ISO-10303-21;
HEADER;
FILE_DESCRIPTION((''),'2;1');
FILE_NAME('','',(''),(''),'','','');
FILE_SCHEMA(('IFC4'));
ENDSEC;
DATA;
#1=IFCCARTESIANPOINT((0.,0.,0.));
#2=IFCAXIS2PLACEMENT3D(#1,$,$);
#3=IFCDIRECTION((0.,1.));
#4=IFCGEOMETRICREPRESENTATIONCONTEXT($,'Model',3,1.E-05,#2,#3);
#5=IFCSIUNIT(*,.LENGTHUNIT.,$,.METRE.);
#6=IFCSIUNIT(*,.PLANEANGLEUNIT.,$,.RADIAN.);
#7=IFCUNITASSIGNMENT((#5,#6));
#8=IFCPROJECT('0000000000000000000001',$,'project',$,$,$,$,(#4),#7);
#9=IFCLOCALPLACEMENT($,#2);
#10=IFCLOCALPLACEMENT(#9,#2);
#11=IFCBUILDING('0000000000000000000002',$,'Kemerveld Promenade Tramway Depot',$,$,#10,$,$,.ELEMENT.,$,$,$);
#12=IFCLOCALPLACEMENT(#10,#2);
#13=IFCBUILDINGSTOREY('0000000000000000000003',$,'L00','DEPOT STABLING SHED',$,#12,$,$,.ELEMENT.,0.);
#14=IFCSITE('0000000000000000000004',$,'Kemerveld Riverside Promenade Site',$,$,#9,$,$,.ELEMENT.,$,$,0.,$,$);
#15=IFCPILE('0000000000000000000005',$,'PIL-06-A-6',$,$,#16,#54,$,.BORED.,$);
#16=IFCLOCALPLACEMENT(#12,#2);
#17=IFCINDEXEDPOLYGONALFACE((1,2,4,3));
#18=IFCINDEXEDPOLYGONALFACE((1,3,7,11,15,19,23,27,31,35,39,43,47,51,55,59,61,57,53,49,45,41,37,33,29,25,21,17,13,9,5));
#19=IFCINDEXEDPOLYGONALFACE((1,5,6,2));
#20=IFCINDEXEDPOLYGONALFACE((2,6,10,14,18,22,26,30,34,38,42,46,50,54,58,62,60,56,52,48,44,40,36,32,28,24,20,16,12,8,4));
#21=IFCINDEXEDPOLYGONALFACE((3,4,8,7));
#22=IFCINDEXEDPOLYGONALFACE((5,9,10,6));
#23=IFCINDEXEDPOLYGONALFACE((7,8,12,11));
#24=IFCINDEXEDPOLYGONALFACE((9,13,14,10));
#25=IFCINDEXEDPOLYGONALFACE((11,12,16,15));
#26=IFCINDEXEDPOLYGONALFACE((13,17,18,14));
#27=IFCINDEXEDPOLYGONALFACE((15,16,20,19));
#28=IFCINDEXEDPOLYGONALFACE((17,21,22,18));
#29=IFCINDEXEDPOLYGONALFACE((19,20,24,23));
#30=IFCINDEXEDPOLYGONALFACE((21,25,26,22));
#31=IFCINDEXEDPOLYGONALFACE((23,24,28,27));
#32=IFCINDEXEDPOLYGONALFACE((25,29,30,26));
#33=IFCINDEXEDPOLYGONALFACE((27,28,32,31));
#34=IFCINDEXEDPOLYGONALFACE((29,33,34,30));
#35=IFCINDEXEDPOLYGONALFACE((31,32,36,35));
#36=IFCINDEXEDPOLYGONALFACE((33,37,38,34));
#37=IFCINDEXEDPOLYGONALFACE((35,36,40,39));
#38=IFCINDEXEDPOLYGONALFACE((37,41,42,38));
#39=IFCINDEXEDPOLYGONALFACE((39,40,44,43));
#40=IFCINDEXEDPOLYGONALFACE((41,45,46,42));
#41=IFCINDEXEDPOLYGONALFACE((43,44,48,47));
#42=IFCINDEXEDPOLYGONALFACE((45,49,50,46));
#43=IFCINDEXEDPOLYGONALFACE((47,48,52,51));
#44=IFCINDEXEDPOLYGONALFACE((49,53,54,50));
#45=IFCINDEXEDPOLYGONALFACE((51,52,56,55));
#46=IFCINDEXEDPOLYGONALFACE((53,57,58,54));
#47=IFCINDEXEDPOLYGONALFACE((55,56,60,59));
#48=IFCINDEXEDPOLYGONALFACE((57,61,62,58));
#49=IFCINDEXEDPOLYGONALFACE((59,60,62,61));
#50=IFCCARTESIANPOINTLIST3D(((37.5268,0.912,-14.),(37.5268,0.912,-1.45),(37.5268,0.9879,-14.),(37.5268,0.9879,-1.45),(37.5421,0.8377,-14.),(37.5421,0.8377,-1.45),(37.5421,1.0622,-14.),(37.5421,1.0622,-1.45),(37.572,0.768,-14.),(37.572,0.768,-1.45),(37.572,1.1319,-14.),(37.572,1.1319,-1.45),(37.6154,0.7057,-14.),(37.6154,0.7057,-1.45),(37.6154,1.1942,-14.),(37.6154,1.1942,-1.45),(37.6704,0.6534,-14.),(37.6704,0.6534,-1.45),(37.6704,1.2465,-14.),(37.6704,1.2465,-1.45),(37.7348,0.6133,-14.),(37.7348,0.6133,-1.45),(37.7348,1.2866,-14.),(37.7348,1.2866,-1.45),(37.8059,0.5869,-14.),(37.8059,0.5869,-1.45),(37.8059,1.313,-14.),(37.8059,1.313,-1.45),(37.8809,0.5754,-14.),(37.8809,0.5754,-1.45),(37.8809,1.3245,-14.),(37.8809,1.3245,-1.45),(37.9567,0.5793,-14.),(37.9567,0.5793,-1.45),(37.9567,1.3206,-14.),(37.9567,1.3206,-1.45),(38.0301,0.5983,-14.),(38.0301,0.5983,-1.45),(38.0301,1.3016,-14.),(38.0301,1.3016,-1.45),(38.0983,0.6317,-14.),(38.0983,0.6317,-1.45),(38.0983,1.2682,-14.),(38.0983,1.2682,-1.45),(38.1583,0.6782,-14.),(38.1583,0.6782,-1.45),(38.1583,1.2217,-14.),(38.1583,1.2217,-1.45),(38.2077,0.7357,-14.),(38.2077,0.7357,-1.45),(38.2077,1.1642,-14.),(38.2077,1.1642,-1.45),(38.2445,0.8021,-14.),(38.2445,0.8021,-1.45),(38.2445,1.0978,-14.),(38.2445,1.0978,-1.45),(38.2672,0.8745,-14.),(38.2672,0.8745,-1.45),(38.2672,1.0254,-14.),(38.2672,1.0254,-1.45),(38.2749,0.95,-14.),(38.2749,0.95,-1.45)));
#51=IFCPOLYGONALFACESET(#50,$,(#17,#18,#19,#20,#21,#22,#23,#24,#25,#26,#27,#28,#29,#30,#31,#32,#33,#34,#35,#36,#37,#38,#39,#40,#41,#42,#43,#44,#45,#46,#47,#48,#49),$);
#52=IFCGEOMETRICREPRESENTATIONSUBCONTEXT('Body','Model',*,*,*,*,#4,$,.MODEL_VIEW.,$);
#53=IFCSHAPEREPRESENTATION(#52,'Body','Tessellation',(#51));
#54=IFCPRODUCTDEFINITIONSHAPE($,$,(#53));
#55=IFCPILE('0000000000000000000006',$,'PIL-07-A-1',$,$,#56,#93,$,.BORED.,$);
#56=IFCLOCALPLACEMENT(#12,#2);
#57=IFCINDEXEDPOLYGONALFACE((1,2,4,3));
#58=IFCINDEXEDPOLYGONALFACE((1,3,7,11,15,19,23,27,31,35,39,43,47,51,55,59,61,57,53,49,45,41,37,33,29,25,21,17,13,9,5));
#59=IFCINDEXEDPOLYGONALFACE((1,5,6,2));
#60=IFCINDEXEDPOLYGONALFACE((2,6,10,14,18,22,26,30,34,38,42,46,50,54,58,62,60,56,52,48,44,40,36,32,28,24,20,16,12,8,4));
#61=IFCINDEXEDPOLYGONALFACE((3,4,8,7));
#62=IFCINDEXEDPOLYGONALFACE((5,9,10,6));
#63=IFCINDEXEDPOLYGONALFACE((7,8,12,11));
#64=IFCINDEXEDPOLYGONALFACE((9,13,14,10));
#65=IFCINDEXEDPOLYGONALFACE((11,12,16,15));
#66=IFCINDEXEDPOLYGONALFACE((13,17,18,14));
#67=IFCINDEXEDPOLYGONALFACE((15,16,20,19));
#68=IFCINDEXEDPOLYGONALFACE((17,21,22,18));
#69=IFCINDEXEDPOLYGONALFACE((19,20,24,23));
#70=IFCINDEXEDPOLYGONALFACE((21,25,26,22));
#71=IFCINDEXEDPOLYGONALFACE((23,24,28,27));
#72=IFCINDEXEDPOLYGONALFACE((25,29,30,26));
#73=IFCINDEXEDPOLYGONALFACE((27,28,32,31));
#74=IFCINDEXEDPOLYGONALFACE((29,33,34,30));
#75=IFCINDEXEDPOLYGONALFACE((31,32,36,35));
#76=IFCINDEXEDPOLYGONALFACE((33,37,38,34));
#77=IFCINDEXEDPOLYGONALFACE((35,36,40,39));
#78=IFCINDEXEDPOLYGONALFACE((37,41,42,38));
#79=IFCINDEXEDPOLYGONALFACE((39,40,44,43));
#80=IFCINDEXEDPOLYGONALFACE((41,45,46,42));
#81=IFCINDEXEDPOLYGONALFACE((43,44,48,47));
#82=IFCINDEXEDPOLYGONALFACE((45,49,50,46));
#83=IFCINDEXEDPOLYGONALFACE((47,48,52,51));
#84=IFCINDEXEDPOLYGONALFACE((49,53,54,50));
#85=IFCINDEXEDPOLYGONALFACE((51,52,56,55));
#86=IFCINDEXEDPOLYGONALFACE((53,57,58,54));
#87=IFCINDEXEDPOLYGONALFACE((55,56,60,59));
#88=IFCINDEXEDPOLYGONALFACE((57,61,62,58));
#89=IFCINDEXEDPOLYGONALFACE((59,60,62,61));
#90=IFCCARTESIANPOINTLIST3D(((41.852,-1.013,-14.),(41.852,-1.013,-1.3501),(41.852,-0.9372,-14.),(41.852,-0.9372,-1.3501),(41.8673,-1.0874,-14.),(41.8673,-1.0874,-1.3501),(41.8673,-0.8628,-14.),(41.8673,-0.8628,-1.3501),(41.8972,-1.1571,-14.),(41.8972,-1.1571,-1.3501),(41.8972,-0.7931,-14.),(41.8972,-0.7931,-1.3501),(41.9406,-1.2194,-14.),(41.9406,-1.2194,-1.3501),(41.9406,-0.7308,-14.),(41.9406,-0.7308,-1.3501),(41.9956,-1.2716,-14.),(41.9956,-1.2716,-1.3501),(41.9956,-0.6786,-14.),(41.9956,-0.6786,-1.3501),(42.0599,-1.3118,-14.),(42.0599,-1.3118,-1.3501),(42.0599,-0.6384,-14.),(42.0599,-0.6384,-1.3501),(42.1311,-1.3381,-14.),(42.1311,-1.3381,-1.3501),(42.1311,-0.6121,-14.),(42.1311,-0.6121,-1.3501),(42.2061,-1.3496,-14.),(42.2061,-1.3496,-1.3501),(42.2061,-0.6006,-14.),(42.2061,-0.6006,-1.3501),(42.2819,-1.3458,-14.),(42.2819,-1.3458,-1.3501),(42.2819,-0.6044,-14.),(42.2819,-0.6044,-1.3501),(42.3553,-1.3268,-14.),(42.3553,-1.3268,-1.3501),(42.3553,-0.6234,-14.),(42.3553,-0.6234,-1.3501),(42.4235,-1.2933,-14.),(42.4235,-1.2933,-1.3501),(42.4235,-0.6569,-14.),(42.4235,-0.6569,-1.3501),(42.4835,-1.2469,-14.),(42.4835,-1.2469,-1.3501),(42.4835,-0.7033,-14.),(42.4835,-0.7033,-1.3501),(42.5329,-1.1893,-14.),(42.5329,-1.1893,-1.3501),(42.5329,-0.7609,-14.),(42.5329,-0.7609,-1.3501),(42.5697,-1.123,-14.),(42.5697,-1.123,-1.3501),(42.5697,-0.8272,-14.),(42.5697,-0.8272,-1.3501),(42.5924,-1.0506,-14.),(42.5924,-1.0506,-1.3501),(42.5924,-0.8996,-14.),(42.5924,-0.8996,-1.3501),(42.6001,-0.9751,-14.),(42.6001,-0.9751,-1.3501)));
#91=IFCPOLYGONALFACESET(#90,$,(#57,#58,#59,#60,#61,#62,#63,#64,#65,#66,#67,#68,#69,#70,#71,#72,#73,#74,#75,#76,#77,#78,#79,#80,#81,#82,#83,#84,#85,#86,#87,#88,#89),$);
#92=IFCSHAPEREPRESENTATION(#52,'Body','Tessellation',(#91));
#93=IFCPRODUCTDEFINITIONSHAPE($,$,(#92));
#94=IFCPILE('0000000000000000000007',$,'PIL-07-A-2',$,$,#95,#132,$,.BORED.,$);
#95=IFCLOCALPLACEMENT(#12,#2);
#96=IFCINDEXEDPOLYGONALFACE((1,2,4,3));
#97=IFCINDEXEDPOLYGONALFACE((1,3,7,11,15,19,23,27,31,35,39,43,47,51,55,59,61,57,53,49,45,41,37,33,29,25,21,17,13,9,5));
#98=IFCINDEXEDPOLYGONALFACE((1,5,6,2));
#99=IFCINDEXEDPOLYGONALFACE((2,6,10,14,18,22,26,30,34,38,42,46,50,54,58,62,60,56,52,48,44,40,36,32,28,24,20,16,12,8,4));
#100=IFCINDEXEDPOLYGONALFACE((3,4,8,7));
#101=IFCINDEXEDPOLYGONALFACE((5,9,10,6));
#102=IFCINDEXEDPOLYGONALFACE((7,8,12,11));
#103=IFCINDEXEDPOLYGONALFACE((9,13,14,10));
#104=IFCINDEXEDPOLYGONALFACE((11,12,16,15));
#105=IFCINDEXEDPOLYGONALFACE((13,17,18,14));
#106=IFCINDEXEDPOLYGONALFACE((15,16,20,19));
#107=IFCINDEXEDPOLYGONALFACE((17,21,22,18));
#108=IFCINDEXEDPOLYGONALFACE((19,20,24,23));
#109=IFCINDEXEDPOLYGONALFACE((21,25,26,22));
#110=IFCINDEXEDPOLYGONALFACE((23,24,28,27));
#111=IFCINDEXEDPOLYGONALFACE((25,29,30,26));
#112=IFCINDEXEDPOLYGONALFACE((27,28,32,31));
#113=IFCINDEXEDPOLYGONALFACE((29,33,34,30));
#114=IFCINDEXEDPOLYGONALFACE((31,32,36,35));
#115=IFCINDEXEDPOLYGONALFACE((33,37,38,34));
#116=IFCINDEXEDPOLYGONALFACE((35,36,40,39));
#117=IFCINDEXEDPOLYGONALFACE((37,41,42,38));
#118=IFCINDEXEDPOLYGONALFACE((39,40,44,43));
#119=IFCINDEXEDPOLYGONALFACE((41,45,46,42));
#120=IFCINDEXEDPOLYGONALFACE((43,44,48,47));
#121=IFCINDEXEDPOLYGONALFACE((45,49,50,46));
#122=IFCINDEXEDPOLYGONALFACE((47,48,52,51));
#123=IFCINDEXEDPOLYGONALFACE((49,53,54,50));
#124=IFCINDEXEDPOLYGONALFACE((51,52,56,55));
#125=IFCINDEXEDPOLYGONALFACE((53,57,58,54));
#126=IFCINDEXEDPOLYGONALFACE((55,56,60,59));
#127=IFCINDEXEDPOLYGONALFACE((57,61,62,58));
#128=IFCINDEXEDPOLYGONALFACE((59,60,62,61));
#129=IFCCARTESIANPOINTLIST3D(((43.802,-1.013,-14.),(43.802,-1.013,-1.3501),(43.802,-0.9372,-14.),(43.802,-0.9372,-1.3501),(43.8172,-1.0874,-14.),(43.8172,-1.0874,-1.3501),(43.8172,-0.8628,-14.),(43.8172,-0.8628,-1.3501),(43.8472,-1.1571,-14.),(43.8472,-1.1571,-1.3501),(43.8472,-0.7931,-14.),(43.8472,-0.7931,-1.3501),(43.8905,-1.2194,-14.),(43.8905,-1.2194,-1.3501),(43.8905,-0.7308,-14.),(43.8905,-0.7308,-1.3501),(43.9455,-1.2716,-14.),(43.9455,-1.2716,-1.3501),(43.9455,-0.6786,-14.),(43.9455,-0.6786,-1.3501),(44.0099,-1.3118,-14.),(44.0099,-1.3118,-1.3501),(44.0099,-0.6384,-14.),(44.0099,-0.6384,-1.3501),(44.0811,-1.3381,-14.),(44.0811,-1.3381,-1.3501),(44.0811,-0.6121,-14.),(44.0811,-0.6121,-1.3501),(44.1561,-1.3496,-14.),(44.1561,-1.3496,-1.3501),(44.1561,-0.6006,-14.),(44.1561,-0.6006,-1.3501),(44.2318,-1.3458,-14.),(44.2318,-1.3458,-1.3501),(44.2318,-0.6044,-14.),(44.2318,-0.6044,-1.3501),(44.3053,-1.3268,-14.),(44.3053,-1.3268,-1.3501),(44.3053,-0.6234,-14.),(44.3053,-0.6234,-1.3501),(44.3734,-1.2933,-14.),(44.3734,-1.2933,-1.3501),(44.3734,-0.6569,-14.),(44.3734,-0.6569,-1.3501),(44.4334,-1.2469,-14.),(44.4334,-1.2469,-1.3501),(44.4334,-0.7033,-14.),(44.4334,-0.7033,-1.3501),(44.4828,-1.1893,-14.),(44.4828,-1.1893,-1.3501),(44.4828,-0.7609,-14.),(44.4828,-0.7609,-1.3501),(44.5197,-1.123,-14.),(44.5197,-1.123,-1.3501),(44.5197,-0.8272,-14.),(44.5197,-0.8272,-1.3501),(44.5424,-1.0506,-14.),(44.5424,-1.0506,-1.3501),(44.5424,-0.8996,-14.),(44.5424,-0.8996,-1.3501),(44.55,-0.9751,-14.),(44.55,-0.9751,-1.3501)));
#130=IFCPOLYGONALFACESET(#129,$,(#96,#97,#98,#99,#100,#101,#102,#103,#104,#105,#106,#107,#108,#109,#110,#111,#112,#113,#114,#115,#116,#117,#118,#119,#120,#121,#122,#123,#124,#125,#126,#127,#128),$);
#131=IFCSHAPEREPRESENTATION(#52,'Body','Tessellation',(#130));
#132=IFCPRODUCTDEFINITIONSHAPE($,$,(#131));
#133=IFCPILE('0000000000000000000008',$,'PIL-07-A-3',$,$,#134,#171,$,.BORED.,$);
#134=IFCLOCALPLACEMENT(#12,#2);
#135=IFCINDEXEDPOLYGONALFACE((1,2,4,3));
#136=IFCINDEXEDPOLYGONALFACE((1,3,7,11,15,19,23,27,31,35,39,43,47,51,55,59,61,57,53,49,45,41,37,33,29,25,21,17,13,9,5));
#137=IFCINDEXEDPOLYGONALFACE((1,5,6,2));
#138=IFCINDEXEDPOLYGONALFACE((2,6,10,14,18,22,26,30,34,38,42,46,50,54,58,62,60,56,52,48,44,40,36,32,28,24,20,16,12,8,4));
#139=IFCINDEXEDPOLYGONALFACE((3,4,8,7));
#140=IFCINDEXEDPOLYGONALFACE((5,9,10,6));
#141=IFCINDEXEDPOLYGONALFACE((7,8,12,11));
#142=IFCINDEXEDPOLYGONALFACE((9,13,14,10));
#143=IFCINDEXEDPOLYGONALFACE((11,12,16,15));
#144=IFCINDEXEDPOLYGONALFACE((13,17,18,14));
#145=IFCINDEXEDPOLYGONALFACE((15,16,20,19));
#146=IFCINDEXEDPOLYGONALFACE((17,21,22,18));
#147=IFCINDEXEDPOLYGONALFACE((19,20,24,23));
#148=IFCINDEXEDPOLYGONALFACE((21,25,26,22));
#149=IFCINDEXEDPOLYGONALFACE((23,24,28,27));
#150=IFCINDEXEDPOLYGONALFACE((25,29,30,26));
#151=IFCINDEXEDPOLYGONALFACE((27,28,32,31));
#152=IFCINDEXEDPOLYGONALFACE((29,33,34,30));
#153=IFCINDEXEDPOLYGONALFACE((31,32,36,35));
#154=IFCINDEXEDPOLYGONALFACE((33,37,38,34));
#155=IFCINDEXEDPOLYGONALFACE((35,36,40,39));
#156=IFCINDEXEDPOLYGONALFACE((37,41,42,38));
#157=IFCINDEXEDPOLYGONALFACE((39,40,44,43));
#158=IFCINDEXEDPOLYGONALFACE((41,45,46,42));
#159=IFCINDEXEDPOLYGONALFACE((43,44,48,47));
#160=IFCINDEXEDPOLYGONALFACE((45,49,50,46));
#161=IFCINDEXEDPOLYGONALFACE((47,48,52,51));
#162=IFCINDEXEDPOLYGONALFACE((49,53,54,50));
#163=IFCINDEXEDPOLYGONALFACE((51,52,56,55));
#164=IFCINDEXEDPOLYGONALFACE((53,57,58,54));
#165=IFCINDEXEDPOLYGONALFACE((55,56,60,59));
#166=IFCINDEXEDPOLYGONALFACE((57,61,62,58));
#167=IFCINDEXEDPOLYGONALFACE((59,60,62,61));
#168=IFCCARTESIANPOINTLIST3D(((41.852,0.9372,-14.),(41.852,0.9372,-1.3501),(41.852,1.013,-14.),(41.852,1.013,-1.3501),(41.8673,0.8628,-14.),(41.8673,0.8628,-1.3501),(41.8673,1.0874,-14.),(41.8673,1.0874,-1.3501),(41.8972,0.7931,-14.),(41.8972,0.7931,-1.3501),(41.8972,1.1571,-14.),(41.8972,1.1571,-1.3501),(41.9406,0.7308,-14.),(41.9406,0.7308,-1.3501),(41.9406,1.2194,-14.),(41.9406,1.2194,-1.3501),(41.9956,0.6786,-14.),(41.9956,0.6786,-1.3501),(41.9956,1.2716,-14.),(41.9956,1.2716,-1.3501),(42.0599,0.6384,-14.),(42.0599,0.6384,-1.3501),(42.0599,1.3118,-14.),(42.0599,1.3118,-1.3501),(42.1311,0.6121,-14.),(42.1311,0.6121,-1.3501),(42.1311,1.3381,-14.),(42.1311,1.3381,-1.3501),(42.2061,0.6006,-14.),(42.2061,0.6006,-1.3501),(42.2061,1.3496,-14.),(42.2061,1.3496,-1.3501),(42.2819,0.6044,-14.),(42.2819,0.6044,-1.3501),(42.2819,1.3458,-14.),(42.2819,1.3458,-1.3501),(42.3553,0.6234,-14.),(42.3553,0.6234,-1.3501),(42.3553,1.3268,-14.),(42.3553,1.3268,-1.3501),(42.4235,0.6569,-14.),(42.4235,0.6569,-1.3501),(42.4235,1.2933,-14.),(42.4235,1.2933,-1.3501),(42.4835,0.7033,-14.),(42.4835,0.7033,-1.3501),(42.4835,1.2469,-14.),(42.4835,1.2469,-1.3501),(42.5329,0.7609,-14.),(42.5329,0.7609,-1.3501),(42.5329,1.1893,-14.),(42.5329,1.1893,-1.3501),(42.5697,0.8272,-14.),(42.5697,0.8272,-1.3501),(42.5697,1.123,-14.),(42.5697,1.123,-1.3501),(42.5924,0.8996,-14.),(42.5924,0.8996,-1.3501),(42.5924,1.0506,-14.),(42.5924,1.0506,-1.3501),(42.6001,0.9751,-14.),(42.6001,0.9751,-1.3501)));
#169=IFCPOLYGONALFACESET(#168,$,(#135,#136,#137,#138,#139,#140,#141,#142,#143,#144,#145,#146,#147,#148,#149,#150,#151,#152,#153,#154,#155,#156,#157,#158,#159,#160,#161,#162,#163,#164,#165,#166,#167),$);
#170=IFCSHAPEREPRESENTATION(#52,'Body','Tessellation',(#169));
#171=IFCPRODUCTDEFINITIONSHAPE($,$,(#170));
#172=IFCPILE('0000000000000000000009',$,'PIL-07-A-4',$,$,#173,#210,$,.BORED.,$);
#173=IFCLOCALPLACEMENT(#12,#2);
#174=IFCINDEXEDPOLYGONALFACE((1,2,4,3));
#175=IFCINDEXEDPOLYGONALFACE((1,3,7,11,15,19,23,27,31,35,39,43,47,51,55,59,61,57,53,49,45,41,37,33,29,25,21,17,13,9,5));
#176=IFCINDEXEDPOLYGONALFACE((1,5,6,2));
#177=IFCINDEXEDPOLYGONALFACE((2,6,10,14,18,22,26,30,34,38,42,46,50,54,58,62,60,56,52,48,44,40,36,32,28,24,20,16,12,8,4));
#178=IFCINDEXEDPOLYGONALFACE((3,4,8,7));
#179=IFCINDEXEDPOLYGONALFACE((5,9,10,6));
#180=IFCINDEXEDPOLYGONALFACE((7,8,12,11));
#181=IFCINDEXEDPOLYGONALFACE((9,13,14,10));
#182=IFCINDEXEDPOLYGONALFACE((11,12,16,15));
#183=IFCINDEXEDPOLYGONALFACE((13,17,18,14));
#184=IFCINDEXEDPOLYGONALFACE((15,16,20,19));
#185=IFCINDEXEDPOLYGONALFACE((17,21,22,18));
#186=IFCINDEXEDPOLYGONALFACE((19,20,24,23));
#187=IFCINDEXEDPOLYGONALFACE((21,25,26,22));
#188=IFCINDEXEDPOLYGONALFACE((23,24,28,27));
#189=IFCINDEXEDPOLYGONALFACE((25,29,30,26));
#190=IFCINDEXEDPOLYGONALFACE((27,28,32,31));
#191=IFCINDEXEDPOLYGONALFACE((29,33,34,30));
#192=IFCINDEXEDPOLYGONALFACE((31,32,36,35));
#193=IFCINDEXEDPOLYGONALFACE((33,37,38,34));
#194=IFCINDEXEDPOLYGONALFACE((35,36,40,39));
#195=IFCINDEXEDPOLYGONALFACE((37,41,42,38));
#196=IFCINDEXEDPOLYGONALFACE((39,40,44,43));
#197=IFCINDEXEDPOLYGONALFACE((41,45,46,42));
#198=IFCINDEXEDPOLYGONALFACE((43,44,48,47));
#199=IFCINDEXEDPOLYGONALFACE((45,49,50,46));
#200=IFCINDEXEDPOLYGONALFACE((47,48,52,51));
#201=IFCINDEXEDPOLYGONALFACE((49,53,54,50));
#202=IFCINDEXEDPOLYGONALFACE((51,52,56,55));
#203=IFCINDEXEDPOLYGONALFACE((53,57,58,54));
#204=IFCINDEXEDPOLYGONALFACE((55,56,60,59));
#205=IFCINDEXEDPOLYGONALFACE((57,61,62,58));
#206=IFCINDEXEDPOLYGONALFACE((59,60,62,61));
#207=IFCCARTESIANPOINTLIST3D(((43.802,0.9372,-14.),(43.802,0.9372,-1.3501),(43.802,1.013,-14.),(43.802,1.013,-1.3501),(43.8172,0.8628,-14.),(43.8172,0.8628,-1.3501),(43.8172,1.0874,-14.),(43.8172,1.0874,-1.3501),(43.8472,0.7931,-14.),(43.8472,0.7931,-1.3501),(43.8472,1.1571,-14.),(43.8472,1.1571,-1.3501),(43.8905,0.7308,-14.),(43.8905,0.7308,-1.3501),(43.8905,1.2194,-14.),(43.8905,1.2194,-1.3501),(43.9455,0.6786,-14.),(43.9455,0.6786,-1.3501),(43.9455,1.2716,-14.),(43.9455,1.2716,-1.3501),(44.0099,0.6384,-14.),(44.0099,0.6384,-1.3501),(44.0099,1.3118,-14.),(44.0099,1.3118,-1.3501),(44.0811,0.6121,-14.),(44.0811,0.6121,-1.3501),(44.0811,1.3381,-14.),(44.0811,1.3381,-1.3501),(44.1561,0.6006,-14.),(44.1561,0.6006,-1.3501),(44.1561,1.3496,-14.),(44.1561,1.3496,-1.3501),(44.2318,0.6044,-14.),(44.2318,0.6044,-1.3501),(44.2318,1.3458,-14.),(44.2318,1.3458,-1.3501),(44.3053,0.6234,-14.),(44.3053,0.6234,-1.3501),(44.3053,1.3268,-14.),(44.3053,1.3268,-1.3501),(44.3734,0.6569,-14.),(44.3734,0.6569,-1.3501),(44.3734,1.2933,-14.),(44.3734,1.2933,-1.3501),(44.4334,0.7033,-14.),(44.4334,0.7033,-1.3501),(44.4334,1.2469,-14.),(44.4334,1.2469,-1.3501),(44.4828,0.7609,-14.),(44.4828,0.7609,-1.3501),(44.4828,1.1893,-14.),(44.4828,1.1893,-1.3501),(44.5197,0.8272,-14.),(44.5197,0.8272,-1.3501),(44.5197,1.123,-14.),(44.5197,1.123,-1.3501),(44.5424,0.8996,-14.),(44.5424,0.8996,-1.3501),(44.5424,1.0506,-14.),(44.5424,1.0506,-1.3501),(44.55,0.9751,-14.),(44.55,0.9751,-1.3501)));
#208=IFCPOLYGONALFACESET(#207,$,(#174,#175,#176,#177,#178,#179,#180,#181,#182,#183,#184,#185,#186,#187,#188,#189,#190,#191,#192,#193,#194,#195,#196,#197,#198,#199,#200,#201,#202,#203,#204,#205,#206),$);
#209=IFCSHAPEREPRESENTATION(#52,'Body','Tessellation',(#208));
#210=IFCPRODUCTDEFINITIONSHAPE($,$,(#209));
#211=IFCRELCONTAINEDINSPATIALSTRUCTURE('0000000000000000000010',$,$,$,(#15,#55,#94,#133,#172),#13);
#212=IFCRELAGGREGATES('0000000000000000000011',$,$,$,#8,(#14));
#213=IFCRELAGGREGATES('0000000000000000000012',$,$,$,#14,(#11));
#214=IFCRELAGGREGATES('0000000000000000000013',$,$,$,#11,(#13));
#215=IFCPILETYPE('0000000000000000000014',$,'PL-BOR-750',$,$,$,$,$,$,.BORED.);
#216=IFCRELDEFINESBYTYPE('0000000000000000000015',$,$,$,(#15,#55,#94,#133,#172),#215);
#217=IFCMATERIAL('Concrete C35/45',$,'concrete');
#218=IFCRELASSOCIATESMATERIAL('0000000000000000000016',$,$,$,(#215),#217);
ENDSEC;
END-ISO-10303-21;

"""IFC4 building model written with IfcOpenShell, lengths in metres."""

from ifc_helpers import new_model, si_unit, direction, frame, origin, origin_2d, place, context, subcontext, project, spatial, circle, extrude, material, material_profile, profile_set, type_object, element, save


model = new_model("IFC4")

# Units and contexts
model_context = context("Model", 3, precision=1e-05, world=origin(), true_north=direction((0.0, 1.0)))
body_context = subcontext(model_context, "Body", "Model", "MODEL_VIEW")
ifc_project = project(units=[si_unit("LENGTHUNIT", "METRE"), si_unit("PLANEANGLEUNIT", "RADIAN")], contexts=[model_context])

# Site, building, storey
site_placement = place(None, origin())
site = spatial("IfcSite", under=ifc_project, at=site_placement, Name="Kemerveld Riverside Promenade Site", CompositionType="ELEMENT", RefElevation=0.0)
building_placement = place(site_placement, origin())
building = spatial("IfcBuilding", under=site, at=building_placement, Name="Kemerveld Promenade Tramway Depot", CompositionType="ELEMENT")
storey_placement = place(building_placement, origin())
storey = spatial("IfcBuildingStorey", under=building, at=storey_placement, Name="L00", Description="DEPOT STABLING SHED", CompositionType="ELEMENT", Elevation=0.0)

# Shared definitions
ifc_material_1 = material(Name="Concrete C35/45", Category="concrete")

# Piles
ifc_material_profile_1 = material_profile(ifc_material_1, circle(Radius=0.375, at=origin_2d()), Name="PILE-D750")
ifc_profile_set_1 = profile_set([ifc_material_profile_1], Name="Concrete C35/45")
pile_type = type_object("IfcPileType", Name="PL-BOR-750", PredefinedType="BORED", material=ifc_profile_set_1)
for number, where, z_axis, x_axis, name in (
    (1, (37.8999, 0.95, -1.45), (0.0, 0.0, -1.0), (1.0, 0.0, 0.0), "PIL-06-A-6"),
):
    element("IfcPile", number, at=place(storey_placement, frame(where, z_axis=z_axis, x_axis=x_axis)), inside=storey, type_object=pile_type, Name=name, PredefinedType="BORED", context=body_context, shape_type="SweptSolid", body=[
        extrude(circle(Radius=0.375, at=origin_2d()), origin(), (0.0, 0.0, 1.0), 12.55),
    ])
for number, where, z_axis, x_axis, name in (
    (2, (42.2251, -0.9751, -1.3501), (0.0, 0.0, -1.0), (1.0, 0.0, 0.0), "PIL-07-A-1"),
    (3, (44.175, -0.9751, -1.3501), (0.0, 0.0, -1.0), (1.0, 0.0, 0.0), "PIL-07-A-2"),
    (4, (42.2251, 0.9751, -1.3501), (0.0, 0.0, -1.0), (1.0, 0.0, 0.0), "PIL-07-A-3"),
    (5, (44.175, 0.9751, -1.3501), (0.0, 0.0, -1.0), (1.0, 0.0, 0.0), "PIL-07-A-4"),
):
    element("IfcPile", number, at=place(storey_placement, frame(where, z_axis=z_axis, x_axis=x_axis)), inside=storey, type_object=pile_type, Name=name, PredefinedType="BORED", context=body_context, shape_type="SweptSolid", body=[
        extrude(circle(Radius=0.375, at=origin_2d()), origin(), (0.0, 0.0, 1.0), 12.6499),
    ])

save(model, "model.ifc")
